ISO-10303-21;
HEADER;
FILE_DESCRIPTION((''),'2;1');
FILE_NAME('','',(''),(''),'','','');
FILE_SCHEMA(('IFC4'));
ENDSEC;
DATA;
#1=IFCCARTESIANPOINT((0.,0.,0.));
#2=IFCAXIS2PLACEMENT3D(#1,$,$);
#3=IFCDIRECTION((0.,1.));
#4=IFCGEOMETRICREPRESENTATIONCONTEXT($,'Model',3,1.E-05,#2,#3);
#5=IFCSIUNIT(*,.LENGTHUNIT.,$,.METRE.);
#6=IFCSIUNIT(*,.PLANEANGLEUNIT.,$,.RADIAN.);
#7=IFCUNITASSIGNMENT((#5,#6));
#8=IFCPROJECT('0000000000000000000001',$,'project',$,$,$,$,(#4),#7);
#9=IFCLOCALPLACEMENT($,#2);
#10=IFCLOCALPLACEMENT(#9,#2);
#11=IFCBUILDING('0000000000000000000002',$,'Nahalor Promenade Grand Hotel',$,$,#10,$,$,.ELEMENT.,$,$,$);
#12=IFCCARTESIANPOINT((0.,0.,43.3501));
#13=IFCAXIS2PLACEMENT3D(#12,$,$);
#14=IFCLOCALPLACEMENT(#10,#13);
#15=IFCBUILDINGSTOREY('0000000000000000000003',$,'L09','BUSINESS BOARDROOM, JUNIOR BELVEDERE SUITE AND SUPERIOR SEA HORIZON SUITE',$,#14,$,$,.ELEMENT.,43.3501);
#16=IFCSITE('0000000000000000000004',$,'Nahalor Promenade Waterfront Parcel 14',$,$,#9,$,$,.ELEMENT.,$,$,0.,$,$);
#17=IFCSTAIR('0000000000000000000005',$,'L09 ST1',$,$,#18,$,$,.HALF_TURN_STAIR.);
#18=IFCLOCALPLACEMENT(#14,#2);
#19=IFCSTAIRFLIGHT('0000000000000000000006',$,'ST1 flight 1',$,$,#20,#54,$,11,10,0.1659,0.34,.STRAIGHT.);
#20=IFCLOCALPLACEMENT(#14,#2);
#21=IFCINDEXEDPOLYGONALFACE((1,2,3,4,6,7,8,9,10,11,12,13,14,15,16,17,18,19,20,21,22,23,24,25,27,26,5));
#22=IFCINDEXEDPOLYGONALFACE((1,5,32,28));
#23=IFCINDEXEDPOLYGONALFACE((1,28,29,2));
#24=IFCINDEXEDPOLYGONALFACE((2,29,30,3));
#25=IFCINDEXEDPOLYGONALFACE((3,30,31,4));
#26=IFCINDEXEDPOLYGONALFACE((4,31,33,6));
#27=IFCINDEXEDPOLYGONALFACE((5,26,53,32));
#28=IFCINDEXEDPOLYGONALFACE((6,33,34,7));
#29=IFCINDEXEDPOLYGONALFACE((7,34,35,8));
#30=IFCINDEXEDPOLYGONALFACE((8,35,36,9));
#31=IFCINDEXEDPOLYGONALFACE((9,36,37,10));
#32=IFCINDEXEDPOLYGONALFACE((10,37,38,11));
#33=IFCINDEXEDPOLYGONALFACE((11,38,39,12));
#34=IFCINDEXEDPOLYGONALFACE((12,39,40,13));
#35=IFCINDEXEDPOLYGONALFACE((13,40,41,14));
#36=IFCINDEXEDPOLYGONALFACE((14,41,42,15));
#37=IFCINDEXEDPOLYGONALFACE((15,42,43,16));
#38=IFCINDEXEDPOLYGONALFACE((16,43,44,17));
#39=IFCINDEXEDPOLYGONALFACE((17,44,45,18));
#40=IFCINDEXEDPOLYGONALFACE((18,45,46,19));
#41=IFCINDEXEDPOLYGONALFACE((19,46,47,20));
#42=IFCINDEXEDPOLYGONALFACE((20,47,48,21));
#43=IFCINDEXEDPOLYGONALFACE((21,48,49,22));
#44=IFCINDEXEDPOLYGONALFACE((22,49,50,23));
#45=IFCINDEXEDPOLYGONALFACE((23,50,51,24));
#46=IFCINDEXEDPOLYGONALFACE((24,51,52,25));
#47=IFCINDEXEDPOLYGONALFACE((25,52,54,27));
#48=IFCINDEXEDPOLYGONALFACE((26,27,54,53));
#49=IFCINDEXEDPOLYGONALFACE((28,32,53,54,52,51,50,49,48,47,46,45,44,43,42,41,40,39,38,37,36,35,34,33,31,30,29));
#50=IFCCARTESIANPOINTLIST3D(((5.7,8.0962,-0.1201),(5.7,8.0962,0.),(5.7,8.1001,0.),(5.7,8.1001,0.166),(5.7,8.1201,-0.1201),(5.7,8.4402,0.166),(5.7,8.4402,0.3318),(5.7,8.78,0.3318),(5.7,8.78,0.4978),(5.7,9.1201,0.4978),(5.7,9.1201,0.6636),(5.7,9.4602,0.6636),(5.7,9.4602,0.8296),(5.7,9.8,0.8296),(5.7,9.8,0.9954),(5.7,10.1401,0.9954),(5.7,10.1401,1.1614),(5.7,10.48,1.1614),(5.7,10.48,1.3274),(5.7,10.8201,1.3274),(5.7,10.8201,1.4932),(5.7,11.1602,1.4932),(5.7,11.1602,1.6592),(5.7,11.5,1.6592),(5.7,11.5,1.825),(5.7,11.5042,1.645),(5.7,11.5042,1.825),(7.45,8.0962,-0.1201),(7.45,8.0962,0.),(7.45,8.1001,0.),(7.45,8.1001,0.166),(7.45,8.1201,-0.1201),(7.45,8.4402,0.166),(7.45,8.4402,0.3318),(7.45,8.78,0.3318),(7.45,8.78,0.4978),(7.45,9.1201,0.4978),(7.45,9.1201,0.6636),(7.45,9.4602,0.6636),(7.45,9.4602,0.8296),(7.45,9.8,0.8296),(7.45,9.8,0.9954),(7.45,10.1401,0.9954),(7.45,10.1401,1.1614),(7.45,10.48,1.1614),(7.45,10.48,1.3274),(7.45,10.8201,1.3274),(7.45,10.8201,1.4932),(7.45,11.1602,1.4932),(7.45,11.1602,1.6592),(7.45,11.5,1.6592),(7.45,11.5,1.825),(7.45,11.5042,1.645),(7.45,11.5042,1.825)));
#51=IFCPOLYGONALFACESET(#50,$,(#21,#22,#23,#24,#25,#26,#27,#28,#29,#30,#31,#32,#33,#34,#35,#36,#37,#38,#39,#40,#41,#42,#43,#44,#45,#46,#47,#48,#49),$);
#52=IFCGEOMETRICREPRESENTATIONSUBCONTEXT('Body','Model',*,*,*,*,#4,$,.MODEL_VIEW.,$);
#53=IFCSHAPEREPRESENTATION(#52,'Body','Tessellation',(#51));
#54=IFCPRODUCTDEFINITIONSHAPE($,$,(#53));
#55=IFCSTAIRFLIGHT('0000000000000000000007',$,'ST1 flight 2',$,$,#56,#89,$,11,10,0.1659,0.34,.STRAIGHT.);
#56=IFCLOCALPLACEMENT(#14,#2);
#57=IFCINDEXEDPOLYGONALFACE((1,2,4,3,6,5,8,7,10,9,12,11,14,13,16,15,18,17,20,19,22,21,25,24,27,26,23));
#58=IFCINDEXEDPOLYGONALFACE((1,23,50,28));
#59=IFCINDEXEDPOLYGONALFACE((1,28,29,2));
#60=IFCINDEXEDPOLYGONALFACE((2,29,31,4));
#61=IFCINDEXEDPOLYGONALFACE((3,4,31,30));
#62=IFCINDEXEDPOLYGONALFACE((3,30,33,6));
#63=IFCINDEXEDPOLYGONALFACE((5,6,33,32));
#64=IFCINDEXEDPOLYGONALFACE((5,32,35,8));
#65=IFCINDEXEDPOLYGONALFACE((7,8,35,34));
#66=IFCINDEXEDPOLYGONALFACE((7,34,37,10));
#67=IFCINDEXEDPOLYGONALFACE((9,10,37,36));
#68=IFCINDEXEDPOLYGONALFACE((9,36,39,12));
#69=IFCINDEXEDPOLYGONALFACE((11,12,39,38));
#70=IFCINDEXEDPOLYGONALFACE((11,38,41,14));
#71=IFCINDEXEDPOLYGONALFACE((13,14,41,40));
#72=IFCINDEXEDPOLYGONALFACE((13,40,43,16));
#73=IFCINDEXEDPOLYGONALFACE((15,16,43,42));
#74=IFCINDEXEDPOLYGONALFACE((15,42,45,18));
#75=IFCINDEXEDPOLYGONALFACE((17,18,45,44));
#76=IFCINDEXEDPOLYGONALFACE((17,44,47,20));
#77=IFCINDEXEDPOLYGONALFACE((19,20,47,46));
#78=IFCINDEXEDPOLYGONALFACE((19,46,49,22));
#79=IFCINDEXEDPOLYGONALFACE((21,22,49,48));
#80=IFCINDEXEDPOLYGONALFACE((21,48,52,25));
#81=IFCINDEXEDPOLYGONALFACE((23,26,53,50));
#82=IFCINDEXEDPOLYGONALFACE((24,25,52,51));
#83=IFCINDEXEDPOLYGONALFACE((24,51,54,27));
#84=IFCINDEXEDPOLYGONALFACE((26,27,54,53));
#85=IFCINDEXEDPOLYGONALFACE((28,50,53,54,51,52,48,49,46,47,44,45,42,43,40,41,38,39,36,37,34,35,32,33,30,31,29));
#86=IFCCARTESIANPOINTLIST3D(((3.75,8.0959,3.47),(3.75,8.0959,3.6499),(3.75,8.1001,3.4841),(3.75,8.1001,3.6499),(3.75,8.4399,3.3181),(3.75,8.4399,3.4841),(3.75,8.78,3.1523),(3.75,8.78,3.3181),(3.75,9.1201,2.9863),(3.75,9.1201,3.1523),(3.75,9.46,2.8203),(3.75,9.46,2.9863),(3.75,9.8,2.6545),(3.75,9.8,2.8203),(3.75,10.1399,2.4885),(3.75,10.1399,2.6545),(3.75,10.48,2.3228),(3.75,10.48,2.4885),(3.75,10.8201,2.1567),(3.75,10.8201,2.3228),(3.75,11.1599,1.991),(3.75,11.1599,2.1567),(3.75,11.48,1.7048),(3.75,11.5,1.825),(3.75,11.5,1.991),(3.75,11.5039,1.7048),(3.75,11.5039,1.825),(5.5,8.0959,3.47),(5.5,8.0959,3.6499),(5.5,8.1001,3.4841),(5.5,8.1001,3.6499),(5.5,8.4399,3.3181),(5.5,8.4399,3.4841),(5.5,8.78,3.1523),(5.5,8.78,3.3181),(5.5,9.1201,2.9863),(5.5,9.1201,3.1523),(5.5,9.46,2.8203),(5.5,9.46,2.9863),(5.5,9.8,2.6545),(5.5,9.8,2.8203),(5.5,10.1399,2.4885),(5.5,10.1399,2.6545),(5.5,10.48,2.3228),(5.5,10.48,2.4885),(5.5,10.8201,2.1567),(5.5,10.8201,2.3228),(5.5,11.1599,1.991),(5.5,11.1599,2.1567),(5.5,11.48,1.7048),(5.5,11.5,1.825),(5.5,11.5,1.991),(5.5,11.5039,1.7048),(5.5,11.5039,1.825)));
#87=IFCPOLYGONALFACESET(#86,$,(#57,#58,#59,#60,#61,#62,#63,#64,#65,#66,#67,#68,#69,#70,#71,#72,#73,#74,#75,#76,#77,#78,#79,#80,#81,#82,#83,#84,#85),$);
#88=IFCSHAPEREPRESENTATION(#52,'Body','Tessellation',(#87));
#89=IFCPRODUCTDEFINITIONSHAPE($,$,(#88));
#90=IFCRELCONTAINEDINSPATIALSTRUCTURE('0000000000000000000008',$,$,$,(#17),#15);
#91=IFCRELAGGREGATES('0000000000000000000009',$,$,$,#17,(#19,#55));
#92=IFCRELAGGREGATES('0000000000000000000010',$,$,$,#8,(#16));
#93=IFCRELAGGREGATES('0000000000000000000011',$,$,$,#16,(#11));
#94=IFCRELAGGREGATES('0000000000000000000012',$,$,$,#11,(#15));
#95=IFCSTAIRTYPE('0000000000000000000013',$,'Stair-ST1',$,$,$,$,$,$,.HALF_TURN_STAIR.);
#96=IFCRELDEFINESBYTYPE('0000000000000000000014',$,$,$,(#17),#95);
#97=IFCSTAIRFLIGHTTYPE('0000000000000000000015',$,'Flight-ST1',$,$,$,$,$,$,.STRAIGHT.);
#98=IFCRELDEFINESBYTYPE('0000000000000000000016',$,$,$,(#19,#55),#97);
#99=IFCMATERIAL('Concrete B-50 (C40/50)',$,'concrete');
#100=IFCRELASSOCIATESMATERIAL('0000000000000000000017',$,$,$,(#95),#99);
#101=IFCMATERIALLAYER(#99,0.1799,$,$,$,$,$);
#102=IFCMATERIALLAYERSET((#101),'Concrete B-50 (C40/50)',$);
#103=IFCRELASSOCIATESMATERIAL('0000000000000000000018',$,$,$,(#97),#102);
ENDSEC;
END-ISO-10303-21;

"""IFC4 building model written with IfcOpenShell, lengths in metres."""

from ifc_helpers import new_model, si_unit, direction, frame, origin, place, context, subcontext, project, spatial, polyline, outline, extrude, source, transform, mapped, material, layer, layer_set, type_object, element, aggregate, save


model = new_model("IFC4")

# Units and contexts
model_context = context("Model", 3, precision=1e-05, world=origin(), true_north=direction((0.0, 1.0)))
body_context = subcontext(model_context, "Body", "Model", "MODEL_VIEW")
ifc_project = project(units=[si_unit("LENGTHUNIT", "METRE"), si_unit("PLANEANGLEUNIT", "RADIAN")], contexts=[model_context])

# Site, building, storey
site_placement = place(None, origin())
site = spatial("IfcSite", under=ifc_project, at=site_placement, Name="Nahalor Promenade Waterfront Parcel 14", CompositionType="ELEMENT", RefElevation=0.0)
building_placement = place(site_placement, origin())
building = spatial("IfcBuilding", under=site, at=building_placement, Name="Nahalor Promenade Grand Hotel", CompositionType="ELEMENT")
storey_placement = place(building_placement, frame((0.0, 0.0, 43.3501)))
storey = spatial("IfcBuildingStorey", under=building, at=storey_placement, Name="L09", Description="BUSINESS BOARDROOM, JUNIOR BELVEDERE SUITE AND SUPERIOR SEA HORIZON SUITE", CompositionType="ELEMENT", Elevation=43.3501)

# Shared definitions
ifc_material_1 = material(Name="Concrete B-50 (C40/50)", Category="concrete")

# Stair, stair flights
stair_type = type_object("IfcStairType", Name="Stair-ST1", PredefinedType="HALF_TURN_STAIR", material=ifc_material_1)
stair_placement = place(storey_placement, origin())
stair = element("IfcStair", 1, at=stair_placement, inside=storey, type_object=stair_type, Name="L09 ST1", PredefinedType="HALF_TURN_STAIR")
ifc_layer_1 = layer(ifc_material_1, 0.1799)
ifc_layer_set_1 = layer_set([ifc_layer_1], Name="Concrete B-50 (C40/50)")
stair_flight_type = type_object("IfcStairFlightType", Name="Flight-ST1", PredefinedType="STRAIGHT", material=ifc_layer_set_1)
shared_shape_1 = source(origin(), body_context, "Body", "SweptSolid", [
    extrude(outline(polyline([(-0.0039, -0.1201), (-0.0039, 0.0), (0.0, 0.0), (0.0, 0.166), (0.3401, 0.166), (0.3401, 0.3318), (0.6799, 0.3318), (0.6799, 0.4978), (1.02, 0.4978), (1.02, 0.6636), (1.3601, 0.6636), (1.3601, 0.8296), (1.7, 0.8296), (1.7, 0.9954), (2.04, 0.9954), (2.04, 1.1614), (2.3799, 1.1614), (2.3799, 1.3274), (2.72, 1.3274), (2.72, 1.4932), (3.0601, 1.4932), (3.0601, 1.6592), (3.3999, 1.6592), (3.3999, 1.825), (3.4041, 1.825), (3.4041, 1.645), (0.02, -0.1201), (-0.0039, -0.1201)])), frame((0.0, 0.875, 0.0), z_axis=(0.0, -1.0, 0.0), x_axis=(1.0, 0.0, 0.0)), (0.0, 0.0, 1.0), 1.75),
])
stair_flight_1_placement = place(storey_placement, frame((6.575, 8.1001, 0.0), z_axis=(0.0, 0.0, 1.0), x_axis=(0.0, 1.0, 0.0)))
stair_flight_1 = element("IfcStairFlight", 2, at=stair_flight_1_placement, type_object=stair_flight_type, Name="ST1 flight 1", NumberOfRisers=11, NumberOfTreads=10, PredefinedType="STRAIGHT", RiserHeight=0.1659, TreadLength=0.34, context=body_context, shape_type="MappedRepresentation", body=[
    mapped(shared_shape_1, transform((0.0, 0.0, 0.0), scale=1.0)),
])
stair_flight_2_placement = place(storey_placement, frame((4.625, 11.5, 1.825), z_axis=(0.0, 0.0, 1.0), x_axis=(0.0, -1.0, 0.0)))
stair_flight_2 = element("IfcStairFlight", 3, at=stair_flight_2_placement, type_object=stair_flight_type, Name="ST1 flight 2", NumberOfRisers=11, NumberOfTreads=10, PredefinedType="STRAIGHT", RiserHeight=0.1659, TreadLength=0.34, context=body_context, shape_type="MappedRepresentation", body=[
    mapped(shared_shape_1, transform((0.0, 0.0, 0.0), scale=1.0)),
])
aggregate(stair, [stair_flight_1, stair_flight_2])

save(model, "model.ifc")
